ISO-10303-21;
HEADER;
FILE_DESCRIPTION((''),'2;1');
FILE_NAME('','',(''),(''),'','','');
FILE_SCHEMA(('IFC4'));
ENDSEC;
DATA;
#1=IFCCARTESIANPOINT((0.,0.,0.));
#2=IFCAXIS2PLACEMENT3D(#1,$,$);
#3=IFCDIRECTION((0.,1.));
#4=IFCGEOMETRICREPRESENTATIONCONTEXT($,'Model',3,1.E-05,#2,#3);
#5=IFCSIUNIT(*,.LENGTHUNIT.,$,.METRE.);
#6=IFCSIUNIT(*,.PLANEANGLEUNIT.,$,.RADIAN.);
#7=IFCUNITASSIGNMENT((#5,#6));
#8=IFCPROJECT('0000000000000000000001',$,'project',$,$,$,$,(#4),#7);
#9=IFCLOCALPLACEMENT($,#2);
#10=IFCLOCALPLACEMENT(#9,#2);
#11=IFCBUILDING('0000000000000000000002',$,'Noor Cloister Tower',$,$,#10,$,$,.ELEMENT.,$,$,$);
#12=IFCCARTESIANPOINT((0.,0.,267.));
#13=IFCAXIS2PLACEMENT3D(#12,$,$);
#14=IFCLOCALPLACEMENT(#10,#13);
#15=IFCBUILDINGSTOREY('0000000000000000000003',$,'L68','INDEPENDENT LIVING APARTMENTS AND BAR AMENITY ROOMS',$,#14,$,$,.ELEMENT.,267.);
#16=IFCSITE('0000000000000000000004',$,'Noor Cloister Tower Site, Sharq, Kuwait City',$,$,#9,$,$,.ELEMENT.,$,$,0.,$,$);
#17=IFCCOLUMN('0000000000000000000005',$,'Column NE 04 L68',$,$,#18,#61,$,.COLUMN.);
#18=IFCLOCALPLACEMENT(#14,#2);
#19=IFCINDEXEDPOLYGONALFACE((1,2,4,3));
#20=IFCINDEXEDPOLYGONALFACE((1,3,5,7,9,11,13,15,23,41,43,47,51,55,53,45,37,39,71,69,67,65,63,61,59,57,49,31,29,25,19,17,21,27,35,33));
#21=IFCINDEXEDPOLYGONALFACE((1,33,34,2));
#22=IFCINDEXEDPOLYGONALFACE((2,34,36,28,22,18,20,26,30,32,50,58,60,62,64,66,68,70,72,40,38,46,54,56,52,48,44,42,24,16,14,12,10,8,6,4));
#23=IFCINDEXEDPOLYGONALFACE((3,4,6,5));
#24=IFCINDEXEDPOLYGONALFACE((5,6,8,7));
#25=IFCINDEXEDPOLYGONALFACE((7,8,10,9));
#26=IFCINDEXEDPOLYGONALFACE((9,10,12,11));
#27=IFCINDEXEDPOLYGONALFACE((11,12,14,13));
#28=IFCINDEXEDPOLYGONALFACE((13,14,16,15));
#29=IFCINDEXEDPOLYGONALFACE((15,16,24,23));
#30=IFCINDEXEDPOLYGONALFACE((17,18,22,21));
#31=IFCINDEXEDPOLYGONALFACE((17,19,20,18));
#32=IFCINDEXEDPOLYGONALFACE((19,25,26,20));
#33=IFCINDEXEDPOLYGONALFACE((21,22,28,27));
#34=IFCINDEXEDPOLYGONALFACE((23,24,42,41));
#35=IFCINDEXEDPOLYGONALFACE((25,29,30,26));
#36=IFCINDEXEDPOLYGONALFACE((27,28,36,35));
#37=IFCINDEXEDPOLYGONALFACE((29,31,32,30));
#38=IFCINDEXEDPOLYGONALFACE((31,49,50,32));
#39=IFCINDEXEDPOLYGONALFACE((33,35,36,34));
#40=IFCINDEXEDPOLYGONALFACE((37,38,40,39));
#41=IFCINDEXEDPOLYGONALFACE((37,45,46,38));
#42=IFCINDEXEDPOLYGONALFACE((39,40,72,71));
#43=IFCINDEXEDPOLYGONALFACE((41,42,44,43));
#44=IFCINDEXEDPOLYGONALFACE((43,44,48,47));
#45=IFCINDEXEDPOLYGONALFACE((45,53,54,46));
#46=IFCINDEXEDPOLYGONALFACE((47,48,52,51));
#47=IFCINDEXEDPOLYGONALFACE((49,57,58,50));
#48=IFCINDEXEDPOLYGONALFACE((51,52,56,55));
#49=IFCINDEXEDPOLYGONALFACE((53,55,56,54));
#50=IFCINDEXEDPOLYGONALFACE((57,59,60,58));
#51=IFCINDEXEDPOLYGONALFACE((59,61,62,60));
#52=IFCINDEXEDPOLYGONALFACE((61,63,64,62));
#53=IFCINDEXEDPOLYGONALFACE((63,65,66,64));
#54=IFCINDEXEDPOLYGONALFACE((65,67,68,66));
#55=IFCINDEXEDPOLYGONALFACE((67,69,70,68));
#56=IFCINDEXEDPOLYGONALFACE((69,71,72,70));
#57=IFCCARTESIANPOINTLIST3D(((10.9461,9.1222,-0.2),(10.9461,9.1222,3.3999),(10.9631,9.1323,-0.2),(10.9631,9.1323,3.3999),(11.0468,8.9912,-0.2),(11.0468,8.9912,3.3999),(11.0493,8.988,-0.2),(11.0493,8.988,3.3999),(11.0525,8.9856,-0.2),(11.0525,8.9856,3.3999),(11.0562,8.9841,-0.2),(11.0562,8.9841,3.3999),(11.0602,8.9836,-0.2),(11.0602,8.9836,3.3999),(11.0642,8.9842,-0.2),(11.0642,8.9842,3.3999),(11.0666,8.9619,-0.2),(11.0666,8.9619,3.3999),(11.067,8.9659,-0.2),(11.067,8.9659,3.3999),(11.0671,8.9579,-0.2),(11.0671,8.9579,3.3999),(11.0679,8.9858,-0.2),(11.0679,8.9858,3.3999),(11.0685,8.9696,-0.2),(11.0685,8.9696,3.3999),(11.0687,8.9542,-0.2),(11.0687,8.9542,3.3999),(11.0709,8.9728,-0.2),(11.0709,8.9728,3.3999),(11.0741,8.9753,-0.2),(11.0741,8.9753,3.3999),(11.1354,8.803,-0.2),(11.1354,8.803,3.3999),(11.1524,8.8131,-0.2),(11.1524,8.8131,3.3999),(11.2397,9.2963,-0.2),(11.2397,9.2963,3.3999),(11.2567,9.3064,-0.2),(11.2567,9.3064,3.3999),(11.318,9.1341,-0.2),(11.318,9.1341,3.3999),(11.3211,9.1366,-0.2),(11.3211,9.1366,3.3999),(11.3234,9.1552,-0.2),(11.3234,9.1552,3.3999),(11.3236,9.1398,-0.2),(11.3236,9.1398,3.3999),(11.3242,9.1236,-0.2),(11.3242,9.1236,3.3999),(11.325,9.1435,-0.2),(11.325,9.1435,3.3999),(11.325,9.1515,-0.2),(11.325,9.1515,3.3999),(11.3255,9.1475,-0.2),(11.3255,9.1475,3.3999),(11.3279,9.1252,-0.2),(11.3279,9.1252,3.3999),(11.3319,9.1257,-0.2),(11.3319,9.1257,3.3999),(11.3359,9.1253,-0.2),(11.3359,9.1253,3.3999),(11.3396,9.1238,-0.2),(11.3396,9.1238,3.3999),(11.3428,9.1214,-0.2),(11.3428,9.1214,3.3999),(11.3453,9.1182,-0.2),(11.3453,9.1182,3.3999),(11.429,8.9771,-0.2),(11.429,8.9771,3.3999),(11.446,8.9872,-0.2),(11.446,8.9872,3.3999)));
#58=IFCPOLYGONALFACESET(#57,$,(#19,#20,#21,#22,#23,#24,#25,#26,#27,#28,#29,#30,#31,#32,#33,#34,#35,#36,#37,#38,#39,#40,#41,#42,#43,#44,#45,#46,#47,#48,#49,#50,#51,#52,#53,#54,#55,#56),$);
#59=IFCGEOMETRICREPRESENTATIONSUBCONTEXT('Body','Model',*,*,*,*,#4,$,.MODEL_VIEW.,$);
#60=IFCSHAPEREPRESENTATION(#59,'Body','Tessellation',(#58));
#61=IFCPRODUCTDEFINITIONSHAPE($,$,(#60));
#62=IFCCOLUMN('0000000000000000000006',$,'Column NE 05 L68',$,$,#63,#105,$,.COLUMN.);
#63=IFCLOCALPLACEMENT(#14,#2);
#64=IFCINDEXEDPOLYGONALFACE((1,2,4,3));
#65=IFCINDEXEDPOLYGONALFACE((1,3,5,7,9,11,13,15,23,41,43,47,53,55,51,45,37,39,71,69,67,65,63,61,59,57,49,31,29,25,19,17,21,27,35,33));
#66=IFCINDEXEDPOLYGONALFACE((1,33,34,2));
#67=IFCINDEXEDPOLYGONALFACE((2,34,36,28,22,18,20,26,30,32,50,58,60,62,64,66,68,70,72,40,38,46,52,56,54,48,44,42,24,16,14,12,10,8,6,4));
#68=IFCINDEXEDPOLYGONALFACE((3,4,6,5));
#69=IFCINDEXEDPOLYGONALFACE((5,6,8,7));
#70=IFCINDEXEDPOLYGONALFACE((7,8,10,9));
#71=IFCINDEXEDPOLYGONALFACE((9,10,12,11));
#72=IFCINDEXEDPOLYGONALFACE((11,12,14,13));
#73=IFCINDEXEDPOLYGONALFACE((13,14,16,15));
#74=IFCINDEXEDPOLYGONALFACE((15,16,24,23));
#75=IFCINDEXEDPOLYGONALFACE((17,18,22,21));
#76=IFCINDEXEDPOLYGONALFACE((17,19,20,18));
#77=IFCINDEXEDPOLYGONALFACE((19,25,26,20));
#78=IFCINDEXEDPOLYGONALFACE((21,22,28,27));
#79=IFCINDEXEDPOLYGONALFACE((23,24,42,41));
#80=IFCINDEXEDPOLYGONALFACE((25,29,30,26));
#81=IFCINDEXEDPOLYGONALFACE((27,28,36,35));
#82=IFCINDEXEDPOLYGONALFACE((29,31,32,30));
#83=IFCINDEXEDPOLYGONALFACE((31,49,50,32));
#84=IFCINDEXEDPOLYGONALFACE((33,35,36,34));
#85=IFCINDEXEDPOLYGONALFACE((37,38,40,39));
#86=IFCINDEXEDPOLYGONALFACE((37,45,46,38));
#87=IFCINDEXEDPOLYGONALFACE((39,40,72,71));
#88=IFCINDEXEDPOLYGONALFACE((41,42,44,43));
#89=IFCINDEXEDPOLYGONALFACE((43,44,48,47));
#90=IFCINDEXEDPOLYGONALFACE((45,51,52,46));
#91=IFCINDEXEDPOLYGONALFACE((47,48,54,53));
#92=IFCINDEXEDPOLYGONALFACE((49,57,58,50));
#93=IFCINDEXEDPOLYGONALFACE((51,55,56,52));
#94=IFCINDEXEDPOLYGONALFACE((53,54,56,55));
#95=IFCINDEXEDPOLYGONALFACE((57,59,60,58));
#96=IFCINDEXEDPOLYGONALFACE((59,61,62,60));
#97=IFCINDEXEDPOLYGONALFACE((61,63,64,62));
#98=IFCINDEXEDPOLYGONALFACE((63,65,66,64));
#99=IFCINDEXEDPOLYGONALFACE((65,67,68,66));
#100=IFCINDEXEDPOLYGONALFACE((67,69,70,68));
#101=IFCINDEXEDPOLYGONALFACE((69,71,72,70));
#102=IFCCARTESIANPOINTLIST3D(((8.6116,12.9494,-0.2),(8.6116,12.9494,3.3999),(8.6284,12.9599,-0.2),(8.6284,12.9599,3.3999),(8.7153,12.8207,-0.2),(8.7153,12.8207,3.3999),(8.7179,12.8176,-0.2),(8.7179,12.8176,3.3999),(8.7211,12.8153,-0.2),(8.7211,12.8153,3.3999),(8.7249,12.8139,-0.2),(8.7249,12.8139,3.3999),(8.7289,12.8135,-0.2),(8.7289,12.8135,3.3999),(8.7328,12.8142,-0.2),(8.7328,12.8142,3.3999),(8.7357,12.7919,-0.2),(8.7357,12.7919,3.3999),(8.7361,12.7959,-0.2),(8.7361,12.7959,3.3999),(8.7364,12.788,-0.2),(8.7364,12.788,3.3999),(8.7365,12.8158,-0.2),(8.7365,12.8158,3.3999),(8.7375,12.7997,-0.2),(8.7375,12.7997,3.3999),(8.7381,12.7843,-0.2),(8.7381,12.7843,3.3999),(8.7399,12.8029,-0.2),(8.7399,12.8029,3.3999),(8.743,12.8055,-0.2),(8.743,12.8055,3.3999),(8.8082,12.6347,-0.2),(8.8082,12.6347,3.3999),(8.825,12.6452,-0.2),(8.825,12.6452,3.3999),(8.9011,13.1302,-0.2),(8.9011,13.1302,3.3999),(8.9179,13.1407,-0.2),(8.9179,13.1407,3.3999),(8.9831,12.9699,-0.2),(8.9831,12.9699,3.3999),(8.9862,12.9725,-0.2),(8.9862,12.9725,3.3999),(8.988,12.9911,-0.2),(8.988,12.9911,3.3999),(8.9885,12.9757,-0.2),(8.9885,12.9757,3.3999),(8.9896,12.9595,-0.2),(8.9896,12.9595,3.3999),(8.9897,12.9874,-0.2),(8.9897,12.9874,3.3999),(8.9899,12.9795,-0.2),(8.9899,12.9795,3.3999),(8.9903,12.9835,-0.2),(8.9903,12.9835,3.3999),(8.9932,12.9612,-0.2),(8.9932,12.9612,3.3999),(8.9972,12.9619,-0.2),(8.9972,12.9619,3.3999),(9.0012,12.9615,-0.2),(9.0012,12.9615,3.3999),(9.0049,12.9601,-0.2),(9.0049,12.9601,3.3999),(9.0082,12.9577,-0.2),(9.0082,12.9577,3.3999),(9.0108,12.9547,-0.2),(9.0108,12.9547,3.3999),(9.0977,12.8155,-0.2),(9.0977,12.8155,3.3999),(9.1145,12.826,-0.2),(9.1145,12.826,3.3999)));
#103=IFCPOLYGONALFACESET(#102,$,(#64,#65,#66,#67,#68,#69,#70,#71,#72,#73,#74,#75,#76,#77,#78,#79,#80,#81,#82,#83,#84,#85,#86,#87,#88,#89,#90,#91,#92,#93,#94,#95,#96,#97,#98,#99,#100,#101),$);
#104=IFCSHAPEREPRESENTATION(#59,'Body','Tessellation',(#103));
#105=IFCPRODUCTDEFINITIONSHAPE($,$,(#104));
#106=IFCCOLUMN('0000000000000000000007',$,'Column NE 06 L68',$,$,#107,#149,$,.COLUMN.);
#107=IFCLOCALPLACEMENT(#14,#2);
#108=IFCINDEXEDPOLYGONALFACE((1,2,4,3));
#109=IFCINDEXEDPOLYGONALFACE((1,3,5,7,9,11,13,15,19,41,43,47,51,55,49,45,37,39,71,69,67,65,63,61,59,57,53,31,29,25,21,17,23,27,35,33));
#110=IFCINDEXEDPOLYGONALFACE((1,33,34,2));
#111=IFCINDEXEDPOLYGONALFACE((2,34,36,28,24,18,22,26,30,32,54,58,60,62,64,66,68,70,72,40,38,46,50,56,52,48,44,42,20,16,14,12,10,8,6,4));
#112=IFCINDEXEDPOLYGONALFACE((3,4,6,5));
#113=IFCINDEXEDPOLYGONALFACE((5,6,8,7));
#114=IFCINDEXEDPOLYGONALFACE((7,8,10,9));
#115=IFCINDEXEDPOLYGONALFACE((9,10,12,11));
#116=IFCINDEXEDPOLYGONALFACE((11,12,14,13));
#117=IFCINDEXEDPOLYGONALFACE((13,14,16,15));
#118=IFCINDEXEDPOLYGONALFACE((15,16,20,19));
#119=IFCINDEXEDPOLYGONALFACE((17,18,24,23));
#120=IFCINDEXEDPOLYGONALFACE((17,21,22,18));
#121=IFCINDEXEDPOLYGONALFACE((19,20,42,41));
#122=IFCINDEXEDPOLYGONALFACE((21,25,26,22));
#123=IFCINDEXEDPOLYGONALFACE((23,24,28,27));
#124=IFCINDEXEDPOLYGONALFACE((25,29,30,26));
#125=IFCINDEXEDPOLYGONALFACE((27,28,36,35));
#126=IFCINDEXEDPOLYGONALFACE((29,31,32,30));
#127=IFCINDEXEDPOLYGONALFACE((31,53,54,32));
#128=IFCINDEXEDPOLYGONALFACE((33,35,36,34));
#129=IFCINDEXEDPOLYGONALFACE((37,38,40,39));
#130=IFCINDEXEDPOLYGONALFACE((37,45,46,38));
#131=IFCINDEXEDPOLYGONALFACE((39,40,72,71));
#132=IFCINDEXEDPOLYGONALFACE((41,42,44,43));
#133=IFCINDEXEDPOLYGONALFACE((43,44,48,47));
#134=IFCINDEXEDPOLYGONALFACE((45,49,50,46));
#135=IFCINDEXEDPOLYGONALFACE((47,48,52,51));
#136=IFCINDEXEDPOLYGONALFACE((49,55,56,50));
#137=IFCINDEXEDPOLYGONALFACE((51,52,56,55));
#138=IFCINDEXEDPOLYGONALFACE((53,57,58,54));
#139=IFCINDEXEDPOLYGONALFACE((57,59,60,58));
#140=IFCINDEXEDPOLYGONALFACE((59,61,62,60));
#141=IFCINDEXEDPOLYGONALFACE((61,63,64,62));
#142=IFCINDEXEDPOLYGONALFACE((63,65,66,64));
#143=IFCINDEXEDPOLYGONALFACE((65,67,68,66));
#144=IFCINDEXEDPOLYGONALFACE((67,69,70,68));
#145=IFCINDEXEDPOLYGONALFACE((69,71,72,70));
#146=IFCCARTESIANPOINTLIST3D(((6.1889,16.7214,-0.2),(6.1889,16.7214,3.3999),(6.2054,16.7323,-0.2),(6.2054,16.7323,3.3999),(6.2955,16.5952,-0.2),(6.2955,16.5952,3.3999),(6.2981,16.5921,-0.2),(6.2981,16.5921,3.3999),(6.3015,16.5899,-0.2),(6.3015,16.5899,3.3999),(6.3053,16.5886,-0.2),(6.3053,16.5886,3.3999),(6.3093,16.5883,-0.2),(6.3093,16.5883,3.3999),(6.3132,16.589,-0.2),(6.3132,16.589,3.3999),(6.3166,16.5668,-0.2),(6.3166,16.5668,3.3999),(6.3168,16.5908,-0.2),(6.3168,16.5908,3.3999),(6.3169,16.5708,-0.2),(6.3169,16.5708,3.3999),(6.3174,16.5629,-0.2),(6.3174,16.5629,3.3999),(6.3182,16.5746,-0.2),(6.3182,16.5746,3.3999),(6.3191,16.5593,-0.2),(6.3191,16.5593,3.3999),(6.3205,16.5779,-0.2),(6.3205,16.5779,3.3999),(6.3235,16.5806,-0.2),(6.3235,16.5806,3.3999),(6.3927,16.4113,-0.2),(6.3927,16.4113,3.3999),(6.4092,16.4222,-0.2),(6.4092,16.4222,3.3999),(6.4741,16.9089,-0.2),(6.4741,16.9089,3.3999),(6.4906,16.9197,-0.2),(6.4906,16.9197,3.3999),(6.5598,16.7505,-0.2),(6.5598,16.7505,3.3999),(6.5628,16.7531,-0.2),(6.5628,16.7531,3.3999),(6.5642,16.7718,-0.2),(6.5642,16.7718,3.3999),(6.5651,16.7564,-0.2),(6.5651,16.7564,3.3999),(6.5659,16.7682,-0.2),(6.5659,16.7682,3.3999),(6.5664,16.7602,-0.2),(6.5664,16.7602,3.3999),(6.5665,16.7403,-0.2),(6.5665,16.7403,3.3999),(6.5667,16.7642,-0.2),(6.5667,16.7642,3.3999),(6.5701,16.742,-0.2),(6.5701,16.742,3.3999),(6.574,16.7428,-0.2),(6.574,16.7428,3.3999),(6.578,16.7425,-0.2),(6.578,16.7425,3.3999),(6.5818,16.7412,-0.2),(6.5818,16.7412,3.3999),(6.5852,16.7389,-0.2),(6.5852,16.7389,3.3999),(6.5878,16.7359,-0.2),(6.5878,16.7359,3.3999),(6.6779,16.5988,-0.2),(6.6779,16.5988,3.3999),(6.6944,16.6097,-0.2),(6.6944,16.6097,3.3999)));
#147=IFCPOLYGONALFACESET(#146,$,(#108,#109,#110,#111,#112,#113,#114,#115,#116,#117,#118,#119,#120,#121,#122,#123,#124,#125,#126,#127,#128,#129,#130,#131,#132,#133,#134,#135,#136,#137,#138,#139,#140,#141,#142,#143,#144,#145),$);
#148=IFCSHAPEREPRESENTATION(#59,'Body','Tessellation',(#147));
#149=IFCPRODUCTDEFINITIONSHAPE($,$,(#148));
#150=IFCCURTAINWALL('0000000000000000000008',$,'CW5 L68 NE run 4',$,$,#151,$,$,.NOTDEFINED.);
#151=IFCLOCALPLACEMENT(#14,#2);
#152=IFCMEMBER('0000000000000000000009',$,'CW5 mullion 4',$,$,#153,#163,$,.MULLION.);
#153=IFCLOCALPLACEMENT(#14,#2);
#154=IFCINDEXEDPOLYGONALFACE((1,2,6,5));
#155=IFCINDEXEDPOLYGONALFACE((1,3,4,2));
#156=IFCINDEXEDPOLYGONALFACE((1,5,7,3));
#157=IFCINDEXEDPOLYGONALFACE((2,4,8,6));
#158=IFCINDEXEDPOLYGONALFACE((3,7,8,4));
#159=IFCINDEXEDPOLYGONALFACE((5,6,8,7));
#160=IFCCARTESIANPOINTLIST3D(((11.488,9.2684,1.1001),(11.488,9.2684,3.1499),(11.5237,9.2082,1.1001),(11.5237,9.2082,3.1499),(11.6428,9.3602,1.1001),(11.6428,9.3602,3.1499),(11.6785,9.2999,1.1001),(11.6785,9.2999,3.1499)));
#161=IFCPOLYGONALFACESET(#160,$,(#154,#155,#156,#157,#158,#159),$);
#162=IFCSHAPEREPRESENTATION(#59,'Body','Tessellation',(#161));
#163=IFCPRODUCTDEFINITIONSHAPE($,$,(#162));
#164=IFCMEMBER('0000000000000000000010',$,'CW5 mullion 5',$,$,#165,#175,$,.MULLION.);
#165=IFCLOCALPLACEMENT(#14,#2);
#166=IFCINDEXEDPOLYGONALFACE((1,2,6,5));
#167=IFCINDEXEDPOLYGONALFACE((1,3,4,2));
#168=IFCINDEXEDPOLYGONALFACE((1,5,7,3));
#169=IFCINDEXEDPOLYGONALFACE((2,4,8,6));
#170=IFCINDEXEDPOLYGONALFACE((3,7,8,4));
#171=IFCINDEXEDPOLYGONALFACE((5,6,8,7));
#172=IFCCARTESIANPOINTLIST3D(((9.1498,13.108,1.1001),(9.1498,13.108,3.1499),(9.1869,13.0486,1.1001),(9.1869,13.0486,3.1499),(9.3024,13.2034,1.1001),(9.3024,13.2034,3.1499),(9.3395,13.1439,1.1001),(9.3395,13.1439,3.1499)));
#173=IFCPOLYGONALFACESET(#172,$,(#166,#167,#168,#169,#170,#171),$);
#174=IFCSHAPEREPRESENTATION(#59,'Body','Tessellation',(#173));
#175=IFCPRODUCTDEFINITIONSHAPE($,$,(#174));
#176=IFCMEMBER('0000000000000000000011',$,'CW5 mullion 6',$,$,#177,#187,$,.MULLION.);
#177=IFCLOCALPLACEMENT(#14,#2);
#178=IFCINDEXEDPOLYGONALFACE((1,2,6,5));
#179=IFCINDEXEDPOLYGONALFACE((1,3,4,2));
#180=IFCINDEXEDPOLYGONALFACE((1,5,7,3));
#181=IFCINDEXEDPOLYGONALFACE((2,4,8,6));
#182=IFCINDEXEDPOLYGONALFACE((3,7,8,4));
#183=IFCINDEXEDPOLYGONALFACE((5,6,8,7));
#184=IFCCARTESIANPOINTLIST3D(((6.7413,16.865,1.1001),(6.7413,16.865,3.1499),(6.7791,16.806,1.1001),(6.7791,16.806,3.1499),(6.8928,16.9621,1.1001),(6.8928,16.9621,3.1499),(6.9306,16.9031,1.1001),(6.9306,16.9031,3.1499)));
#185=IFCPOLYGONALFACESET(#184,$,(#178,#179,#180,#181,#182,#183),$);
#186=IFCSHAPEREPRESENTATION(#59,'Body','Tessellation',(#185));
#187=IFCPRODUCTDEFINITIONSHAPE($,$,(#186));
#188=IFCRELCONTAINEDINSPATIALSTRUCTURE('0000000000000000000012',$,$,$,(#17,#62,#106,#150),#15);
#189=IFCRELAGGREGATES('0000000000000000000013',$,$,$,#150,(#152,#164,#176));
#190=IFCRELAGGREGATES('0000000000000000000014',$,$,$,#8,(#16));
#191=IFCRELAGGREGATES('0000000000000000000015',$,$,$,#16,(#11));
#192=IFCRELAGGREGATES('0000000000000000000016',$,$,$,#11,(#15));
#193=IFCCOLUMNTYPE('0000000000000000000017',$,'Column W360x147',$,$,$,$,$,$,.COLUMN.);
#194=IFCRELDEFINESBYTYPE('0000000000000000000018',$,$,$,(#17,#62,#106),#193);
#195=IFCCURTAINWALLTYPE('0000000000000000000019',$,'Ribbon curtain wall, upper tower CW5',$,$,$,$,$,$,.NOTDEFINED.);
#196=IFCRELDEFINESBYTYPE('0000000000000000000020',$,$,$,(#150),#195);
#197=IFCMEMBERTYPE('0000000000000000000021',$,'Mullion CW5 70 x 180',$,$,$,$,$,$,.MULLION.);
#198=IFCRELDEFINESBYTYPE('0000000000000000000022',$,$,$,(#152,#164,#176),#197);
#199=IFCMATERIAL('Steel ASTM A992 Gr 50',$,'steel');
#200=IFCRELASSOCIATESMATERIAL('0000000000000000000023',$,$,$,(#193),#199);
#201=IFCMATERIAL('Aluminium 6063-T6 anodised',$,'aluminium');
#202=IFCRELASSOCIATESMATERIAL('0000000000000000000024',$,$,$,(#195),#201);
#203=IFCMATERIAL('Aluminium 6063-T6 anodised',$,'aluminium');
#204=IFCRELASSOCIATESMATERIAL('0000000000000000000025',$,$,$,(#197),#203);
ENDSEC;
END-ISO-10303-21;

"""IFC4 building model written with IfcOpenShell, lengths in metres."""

from ifc_helpers import new_model, si_unit, direction, frame, origin, origin_2d, place, context, subcontext, project, spatial, rectangle, i_section, extrude, material, material_profile, profile_set, type_object, element, aggregate, save


model = new_model("IFC4")

# Units and contexts
model_context = context("Model", 3, precision=1e-05, world=origin(), true_north=direction((0.0, 1.0)))
body_context = subcontext(model_context, "Body", "Model", "MODEL_VIEW")
ifc_project = project(units=[si_unit("LENGTHUNIT", "METRE"), si_unit("PLANEANGLEUNIT", "RADIAN")], contexts=[model_context])

# Site, building, storey
site_placement = place(None, origin())
site = spatial("IfcSite", under=ifc_project, at=site_placement, Name="Noor Cloister Tower Site, Sharq, Kuwait City", CompositionType="ELEMENT", RefElevation=0.0)
building_placement = place(site_placement, origin())
building = spatial("IfcBuilding", under=site, at=building_placement, Name="Noor Cloister Tower", CompositionType="ELEMENT")
storey_placement = place(building_placement, frame((0.0, 0.0, 267.0)))
storey = spatial("IfcBuildingStorey", under=building, at=storey_placement, Name="L68", Description="INDEPENDENT LIVING APARTMENTS AND BAR AMENITY ROOMS", CompositionType="ELEMENT", Elevation=267.0)

# Columns
ifc_material_1 = material(Name="Steel ASTM A992 Gr 50", Category="steel")
ifc_material_profile_1 = material_profile(ifc_material_1, i_section(OverallWidth=0.3711, OverallDepth=0.3611, WebThickness=0.0122, FlangeThickness=0.0198, FilletRadius=0.0154, at=origin_2d()), Name="W360x147")
ifc_profile_set_1 = profile_set([ifc_material_profile_1], Name="Steel ASTM A992 Gr 50")
column_type = type_object("IfcColumnType", Name="Column W360x147", PredefinedType="COLUMN", material=ifc_profile_set_1)
for number, where, z_axis, x_axis, name in (
    (1, (11.196, 9.0547, -0.2), (0.0, 0.0, 1.0), (-0.510009, 0.860169, 0.0), "Column NE 04 L68"),
    (2, (8.863, 12.8877, -0.2), (0.0, 0.0, 1.0), (-0.529819, 0.848111, 0.0), "Column NE 05 L68"),
    (3, (6.4417, 16.6655, -0.2), (0.0, 0.0, 1.0), (-0.549345, 0.835596, 0.0), "Column NE 06 L68"),
):
    element("IfcColumn", number, at=place(storey_placement, frame(where, z_axis=z_axis, x_axis=x_axis)), inside=storey, type_object=column_type, Name=name, PredefinedType="COLUMN", context=body_context, shape_type="SweptSolid", body=[
        extrude(i_section(OverallWidth=0.3711, OverallDepth=0.3611, WebThickness=0.0122, FlangeThickness=0.0198, FilletRadius=0.0154, at=origin_2d()), origin(), (0.0, 0.0, 1.0), 3.5999),
    ])

# Curtain wall, members
ifc_material_2 = material(Name="Aluminium 6063-T6 anodised", Category="aluminium")
curtain_wall_type = type_object("IfcCurtainWallType", Name="Ribbon curtain wall, upper tower CW5", PredefinedType="NOTDEFINED", material=ifc_material_2)
curtain_wall_placement = place(storey_placement, origin())
curtain_wall = element("IfcCurtainWall", 4, at=curtain_wall_placement, inside=storey, type_object=curtain_wall_type, Name="CW5 L68 NE run 4", PredefinedType="NOTDEFINED")
ifc_material_3 = material(Name="Aluminium 6063-T6 anodised", Category="aluminium")
ifc_material_profile_2 = material_profile(ifc_material_3, rectangle(XDim=0.1799, YDim=0.0701, at=origin_2d()), Name="180 x 70 mullion")
ifc_profile_set_2 = profile_set([ifc_material_profile_2], Name="Aluminium 6063-T6 anodised")
member_type = type_object("IfcMemberType", Name="Mullion CW5 70 x 180", PredefinedType="MULLION", material=ifc_profile_set_2)
member_1_placement = place(storey_placement, frame((11.5833, 9.2842, 1.1001), z_axis=(0.0, 0.0, 1.0), x_axis=(-0.860169, -0.510009, 0.0)))
member_1 = element("IfcMember", 5, at=member_1_placement, type_object=member_type, Name="CW5 mullion 4", PredefinedType="MULLION", context=body_context, shape_type="SweptSolid", body=[
    extrude(rectangle(XDim=0.1799, YDim=0.0701, at=origin_2d()), origin(), (0.0, 0.0, 1.0), 2.0498),
])
member_2_placement = place(storey_placement, frame((9.2446, 13.126, 1.1001), z_axis=(0.0, 0.0, 1.0), x_axis=(-0.848111, -0.529819, 0.0)))
member_2 = element("IfcMember", 6, at=member_2_placement, type_object=member_type, Name="CW5 mullion 5", PredefinedType="MULLION", context=body_context, shape_type="SweptSolid", body=[
    extrude(rectangle(XDim=0.1799, YDim=0.0701, at=origin_2d()), origin(), (0.0, 0.0, 1.0), 2.0498),
])
member_3_placement = place(storey_placement, frame((6.8359, 16.884, 1.1001), z_axis=(0.0, 0.0, 1.0), x_axis=(-0.84191, -0.539618, 0.0)))
member_3 = element("IfcMember", 7, at=member_3_placement, type_object=member_type, Name="CW5 mullion 6", PredefinedType="MULLION", context=body_context, shape_type="SweptSolid", body=[
    extrude(rectangle(XDim=0.1799, YDim=0.0701, at=origin_2d()), origin(), (0.0, 0.0, 1.0), 2.0498),
])

aggregate(curtain_wall, [member_1, member_2, member_3])

save(model, "model.ifc")
